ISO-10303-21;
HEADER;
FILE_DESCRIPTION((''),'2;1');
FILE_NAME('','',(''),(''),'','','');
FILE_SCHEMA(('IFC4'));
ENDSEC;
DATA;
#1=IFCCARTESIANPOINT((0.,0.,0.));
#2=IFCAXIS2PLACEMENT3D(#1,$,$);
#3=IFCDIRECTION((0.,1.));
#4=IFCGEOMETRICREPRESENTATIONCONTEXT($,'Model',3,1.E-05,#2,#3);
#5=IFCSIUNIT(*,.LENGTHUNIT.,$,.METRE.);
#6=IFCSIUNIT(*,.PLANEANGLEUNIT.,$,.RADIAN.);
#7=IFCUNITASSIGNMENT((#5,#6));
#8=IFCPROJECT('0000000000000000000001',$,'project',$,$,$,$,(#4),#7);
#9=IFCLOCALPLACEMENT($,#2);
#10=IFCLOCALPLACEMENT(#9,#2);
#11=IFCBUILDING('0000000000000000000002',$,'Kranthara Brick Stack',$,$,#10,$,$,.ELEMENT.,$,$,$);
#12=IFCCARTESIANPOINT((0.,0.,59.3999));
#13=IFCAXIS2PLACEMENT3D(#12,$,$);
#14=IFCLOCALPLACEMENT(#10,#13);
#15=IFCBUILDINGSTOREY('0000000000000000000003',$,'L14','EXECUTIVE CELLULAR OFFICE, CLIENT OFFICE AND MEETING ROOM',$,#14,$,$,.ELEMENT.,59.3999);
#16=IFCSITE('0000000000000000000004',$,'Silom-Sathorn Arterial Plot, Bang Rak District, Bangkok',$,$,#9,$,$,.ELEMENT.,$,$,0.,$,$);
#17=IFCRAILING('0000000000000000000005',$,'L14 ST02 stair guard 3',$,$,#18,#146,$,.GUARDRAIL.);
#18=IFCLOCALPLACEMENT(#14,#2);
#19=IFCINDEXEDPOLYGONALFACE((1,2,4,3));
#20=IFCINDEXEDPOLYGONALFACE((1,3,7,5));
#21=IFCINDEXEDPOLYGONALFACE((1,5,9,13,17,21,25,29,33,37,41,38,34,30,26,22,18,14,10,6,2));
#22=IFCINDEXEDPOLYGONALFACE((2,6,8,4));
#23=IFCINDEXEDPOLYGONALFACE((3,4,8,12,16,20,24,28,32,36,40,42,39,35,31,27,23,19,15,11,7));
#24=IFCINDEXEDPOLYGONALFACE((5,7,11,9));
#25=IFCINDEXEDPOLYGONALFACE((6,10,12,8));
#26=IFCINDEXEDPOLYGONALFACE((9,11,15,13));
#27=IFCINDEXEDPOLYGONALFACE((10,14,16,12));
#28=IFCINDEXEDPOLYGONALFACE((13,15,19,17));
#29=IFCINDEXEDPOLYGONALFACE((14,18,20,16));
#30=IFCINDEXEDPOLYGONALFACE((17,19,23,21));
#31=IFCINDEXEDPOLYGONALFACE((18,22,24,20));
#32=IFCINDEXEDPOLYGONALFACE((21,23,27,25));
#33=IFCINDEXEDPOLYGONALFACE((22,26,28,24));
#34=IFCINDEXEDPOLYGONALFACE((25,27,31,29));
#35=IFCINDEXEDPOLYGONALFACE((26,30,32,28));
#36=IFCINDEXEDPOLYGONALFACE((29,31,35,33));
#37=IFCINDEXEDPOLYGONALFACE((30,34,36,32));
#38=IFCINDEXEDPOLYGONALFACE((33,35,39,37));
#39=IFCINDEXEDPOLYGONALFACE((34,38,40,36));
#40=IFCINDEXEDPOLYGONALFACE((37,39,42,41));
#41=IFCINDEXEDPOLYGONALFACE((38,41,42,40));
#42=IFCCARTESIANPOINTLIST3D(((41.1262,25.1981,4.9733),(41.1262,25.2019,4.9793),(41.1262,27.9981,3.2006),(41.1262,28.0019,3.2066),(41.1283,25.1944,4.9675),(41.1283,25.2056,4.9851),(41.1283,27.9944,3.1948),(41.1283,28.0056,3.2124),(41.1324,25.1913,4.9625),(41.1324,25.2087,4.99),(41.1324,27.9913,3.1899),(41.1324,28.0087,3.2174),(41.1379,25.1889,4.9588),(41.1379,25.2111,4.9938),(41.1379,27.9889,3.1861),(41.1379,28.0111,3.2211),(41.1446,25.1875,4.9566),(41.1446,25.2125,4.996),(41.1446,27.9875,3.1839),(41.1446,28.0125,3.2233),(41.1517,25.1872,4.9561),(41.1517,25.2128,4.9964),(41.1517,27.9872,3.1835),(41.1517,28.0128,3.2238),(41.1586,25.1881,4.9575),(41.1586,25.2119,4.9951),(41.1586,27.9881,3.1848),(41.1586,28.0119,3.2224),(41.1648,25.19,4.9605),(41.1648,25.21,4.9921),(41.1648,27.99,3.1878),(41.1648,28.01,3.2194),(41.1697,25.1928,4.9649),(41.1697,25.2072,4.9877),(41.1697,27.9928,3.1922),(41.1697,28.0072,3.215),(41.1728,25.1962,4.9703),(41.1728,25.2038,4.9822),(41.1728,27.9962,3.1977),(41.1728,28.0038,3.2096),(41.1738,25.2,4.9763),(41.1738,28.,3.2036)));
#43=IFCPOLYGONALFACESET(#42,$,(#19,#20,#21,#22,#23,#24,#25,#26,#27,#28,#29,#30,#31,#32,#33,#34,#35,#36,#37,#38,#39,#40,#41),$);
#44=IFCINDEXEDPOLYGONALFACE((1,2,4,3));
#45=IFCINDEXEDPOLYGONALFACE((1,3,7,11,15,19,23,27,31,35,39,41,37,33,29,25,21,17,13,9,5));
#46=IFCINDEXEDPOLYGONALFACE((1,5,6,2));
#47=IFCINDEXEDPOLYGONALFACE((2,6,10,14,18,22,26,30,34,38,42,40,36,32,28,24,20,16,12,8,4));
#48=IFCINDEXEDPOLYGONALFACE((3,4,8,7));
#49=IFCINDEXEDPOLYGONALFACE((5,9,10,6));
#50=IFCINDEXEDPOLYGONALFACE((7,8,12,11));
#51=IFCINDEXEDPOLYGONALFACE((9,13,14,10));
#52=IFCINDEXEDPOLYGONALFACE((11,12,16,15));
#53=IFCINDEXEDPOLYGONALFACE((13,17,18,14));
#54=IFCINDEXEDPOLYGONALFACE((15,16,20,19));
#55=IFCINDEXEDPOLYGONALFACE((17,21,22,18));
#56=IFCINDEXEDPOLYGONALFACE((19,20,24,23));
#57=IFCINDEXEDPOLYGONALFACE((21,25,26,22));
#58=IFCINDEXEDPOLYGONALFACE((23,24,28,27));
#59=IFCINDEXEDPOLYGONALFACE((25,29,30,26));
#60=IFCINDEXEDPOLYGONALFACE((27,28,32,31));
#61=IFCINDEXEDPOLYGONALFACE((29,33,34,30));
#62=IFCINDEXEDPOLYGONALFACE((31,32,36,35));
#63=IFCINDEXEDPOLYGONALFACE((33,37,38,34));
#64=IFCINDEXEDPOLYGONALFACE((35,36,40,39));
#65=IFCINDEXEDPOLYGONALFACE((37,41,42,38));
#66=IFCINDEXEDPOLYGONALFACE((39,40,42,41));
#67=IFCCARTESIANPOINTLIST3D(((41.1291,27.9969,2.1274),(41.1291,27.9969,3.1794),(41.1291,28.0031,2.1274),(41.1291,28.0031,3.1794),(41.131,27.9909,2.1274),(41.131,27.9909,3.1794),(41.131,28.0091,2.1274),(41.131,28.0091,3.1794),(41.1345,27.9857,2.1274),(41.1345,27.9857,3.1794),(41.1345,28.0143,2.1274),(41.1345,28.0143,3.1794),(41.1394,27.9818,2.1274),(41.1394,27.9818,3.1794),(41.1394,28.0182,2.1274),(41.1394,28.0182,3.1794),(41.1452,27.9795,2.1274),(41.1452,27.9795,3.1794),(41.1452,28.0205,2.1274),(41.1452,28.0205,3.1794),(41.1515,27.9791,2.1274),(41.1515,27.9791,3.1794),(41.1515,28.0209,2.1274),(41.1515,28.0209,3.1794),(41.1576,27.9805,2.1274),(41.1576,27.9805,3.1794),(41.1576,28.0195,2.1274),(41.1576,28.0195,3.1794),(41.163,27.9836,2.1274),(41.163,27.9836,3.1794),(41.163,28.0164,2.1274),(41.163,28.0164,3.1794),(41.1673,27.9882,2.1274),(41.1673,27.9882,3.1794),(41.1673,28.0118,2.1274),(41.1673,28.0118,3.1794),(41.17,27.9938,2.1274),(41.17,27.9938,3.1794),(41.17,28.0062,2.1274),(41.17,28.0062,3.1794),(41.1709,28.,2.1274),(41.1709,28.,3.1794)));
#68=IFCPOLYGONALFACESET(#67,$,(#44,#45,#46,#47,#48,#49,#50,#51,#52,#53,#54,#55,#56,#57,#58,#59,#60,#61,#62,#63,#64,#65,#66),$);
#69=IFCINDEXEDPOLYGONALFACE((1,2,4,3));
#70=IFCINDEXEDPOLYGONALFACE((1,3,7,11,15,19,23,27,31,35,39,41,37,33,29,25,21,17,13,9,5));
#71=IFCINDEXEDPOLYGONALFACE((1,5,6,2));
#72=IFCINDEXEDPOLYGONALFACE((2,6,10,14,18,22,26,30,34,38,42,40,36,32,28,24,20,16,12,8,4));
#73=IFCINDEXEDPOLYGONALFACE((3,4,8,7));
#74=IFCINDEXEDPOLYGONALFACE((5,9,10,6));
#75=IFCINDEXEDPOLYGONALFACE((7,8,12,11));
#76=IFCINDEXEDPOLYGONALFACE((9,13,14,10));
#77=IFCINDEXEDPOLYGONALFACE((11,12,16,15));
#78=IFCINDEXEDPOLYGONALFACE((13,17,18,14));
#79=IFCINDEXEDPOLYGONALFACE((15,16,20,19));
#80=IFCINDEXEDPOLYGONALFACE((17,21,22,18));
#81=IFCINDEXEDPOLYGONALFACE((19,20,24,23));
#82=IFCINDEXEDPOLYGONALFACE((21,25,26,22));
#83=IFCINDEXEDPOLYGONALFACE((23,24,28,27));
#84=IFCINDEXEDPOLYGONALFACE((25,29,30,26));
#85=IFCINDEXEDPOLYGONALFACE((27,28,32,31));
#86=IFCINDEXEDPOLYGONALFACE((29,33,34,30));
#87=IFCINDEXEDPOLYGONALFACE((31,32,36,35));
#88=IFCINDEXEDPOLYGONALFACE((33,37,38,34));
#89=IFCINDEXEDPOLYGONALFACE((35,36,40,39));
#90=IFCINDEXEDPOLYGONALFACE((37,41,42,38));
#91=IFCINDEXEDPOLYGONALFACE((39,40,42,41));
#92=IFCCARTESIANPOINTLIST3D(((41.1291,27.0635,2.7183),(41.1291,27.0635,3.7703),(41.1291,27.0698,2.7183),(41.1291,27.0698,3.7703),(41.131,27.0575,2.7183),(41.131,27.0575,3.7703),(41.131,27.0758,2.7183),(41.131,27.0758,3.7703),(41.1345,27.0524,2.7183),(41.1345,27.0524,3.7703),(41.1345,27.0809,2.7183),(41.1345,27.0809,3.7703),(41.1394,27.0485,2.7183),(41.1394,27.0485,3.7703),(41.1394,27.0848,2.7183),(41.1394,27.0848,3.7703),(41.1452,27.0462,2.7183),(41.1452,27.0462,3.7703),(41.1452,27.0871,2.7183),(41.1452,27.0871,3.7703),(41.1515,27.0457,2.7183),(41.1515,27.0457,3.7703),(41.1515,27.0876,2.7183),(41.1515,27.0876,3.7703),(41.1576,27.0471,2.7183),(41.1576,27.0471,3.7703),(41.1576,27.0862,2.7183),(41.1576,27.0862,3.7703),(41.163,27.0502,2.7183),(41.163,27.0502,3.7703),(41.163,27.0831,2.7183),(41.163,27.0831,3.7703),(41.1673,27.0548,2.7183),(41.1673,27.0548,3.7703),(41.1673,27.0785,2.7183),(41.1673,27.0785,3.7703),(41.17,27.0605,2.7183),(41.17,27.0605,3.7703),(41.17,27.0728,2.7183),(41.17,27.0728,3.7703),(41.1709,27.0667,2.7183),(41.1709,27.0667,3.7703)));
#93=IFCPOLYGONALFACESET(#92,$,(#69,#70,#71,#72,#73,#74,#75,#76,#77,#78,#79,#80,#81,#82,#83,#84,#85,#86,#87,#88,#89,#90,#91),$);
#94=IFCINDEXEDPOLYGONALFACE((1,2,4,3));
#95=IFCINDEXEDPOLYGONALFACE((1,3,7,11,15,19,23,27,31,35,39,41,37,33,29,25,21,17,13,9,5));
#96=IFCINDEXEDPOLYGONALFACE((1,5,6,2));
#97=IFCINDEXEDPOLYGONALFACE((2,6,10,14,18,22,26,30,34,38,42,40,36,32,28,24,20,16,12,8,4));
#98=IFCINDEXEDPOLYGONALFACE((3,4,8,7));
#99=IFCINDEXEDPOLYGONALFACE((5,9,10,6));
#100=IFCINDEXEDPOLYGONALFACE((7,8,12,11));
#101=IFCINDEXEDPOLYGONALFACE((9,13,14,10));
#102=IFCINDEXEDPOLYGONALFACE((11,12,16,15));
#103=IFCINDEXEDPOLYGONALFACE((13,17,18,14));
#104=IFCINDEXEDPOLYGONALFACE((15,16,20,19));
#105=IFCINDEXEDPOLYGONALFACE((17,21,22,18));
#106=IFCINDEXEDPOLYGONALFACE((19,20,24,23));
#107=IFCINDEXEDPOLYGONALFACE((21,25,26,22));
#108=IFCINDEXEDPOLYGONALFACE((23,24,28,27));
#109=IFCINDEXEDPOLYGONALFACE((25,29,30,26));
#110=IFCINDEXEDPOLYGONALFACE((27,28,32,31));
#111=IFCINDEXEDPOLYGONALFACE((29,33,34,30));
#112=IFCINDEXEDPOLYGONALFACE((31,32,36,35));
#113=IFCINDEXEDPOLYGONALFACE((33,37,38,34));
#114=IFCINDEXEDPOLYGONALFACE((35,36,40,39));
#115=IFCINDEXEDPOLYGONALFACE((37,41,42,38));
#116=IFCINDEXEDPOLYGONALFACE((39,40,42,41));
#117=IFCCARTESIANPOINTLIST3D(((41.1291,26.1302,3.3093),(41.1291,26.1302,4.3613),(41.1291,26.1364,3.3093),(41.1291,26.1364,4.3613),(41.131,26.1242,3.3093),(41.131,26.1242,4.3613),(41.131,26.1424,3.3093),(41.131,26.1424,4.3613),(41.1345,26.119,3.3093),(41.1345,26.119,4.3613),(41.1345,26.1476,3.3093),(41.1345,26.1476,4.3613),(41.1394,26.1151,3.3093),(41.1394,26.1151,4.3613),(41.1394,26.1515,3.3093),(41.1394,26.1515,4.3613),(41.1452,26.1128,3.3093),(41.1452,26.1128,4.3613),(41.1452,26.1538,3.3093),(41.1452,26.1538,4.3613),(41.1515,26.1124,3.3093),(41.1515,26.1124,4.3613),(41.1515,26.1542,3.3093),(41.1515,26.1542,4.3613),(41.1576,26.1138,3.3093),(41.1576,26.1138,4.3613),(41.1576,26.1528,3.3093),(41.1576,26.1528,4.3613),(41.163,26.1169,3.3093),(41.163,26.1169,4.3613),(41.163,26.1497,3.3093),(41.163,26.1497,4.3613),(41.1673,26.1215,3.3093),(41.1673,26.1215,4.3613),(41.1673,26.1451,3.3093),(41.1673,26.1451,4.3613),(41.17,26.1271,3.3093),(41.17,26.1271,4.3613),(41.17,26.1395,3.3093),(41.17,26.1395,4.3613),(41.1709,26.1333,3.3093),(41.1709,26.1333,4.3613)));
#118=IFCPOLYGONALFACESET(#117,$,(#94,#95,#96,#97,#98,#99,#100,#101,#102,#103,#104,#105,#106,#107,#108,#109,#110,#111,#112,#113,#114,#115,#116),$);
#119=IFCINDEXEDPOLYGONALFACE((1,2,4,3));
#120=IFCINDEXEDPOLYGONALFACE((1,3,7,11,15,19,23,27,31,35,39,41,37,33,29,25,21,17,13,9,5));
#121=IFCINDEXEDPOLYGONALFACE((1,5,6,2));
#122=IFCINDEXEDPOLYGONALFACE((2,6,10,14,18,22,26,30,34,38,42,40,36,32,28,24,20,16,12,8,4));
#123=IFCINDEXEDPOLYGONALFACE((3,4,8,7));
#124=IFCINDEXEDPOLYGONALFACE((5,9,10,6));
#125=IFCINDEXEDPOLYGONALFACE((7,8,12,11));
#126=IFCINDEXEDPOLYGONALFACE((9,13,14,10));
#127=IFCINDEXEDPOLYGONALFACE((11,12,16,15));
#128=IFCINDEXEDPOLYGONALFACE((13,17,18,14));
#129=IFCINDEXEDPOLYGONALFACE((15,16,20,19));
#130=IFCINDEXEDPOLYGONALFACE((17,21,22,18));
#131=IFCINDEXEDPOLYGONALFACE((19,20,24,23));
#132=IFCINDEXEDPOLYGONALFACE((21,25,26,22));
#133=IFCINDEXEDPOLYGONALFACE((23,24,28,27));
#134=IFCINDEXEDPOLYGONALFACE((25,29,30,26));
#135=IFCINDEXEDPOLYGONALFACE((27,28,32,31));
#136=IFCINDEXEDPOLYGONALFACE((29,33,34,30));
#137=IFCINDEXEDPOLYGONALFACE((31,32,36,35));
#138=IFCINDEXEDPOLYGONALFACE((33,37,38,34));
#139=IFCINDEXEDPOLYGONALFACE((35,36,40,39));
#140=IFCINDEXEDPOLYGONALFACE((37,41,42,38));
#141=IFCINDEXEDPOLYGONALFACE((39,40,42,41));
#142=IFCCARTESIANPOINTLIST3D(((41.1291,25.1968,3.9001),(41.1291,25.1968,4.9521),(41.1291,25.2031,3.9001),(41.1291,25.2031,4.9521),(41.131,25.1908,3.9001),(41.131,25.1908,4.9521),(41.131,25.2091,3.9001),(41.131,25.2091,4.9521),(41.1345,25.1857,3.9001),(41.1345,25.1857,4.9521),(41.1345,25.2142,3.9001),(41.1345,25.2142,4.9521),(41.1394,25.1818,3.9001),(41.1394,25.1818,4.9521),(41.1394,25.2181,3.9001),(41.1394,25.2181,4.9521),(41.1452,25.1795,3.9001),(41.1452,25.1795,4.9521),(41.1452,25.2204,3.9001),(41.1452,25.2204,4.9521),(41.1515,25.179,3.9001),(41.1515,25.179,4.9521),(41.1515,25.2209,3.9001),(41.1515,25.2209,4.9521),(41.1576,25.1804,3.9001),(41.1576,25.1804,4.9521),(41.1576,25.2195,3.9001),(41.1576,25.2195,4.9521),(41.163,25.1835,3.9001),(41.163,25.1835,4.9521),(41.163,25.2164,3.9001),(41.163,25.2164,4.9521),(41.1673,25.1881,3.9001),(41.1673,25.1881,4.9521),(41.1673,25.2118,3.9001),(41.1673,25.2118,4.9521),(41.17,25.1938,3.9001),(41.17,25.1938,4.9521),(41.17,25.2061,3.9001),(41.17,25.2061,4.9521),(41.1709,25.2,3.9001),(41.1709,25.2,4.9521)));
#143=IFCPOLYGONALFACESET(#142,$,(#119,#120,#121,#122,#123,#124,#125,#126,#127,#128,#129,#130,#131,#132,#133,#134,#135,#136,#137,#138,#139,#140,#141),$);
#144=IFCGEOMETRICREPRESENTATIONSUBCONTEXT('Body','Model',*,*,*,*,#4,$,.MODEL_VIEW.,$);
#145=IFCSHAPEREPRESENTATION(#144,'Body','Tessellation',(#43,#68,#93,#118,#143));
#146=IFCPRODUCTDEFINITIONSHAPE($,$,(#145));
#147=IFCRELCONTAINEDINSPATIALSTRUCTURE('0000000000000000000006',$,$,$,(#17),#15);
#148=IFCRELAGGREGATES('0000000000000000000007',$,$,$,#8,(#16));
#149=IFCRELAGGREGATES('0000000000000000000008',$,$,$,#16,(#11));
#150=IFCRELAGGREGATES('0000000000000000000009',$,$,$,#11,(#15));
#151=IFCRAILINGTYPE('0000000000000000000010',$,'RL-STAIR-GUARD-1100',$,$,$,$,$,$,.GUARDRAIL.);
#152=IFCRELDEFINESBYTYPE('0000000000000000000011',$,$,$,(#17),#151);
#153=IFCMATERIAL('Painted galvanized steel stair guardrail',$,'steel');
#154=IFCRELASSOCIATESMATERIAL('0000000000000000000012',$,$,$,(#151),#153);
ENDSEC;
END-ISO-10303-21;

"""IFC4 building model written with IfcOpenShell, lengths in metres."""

from ifc_helpers import new_model, si_unit, direction, frame, origin, origin_2d, place, context, subcontext, project, spatial, circle, extrude, material, type_object, element, save


model = new_model("IFC4")

# Units and contexts
model_context = context("Model", 3, precision=1e-05, world=origin(), true_north=direction((0.0, 1.0)))
body_context = subcontext(model_context, "Body", "Model", "MODEL_VIEW")
ifc_project = project(units=[si_unit("LENGTHUNIT", "METRE"), si_unit("PLANEANGLEUNIT", "RADIAN")], contexts=[model_context])

# Site, building, storey
site_placement = place(None, origin())
site = spatial("IfcSite", under=ifc_project, at=site_placement, Name="Silom-Sathorn Arterial Plot, Bang Rak District, Bangkok", CompositionType="ELEMENT", RefElevation=0.0)
building_placement = place(site_placement, origin())
building = spatial("IfcBuilding", under=site, at=building_placement, Name="Kranthara Brick Stack", CompositionType="ELEMENT")
storey_placement = place(building_placement, frame((0.0, 0.0, 59.3999)))
storey = spatial("IfcBuildingStorey", under=building, at=storey_placement, Name="L14", Description="EXECUTIVE CELLULAR OFFICE, CLIENT OFFICE AND MEETING ROOM", CompositionType="ELEMENT", Elevation=59.3999)

# Railing
ifc_material_1 = material(Name="Painted galvanized steel stair guardrail", Category="steel")
railing_type_1 = type_object("IfcRailingType", Name="RL-STAIR-GUARD-1100", PredefinedType="GUARDRAIL", material=ifc_material_1)
railing_1_placement = place(storey_placement, frame((41.1499, 28.0, 2.1274)))
element("IfcRailing", 1, at=railing_1_placement, inside=storey, type_object=railing_type_1, Name="L14 ST02 stair guard 3", PredefinedType="GUARDRAIL", context=body_context, shape_type="SweptSolid", body=[
    extrude(circle(Radius=0.0239, at=origin_2d()), frame((0.0, 0.0, 1.0762), z_axis=(0.0, -0.844909, 0.53491), x_axis=(1.0, 0.0, 0.0)), (0.0, 0.0, 1.0), 3.314),
    extrude(circle(Radius=0.021, at=origin_2d()), origin(), (0.0, 0.0, 1.0), 1.052),
    extrude(circle(Radius=0.021, at=origin_2d()), frame((0.0, -0.9333, 0.5908)), (0.0, 0.0, 1.0), 1.052),
    extrude(circle(Radius=0.021, at=origin_2d()), frame((0.0, -1.8667, 1.1819)), (0.0, 0.0, 1.0), 1.052),
    extrude(circle(Radius=0.021, at=origin_2d()), frame((0.0, -2.8, 1.7727)), (0.0, 0.0, 1.0), 1.052),
])

save(model, "model.ifc")
